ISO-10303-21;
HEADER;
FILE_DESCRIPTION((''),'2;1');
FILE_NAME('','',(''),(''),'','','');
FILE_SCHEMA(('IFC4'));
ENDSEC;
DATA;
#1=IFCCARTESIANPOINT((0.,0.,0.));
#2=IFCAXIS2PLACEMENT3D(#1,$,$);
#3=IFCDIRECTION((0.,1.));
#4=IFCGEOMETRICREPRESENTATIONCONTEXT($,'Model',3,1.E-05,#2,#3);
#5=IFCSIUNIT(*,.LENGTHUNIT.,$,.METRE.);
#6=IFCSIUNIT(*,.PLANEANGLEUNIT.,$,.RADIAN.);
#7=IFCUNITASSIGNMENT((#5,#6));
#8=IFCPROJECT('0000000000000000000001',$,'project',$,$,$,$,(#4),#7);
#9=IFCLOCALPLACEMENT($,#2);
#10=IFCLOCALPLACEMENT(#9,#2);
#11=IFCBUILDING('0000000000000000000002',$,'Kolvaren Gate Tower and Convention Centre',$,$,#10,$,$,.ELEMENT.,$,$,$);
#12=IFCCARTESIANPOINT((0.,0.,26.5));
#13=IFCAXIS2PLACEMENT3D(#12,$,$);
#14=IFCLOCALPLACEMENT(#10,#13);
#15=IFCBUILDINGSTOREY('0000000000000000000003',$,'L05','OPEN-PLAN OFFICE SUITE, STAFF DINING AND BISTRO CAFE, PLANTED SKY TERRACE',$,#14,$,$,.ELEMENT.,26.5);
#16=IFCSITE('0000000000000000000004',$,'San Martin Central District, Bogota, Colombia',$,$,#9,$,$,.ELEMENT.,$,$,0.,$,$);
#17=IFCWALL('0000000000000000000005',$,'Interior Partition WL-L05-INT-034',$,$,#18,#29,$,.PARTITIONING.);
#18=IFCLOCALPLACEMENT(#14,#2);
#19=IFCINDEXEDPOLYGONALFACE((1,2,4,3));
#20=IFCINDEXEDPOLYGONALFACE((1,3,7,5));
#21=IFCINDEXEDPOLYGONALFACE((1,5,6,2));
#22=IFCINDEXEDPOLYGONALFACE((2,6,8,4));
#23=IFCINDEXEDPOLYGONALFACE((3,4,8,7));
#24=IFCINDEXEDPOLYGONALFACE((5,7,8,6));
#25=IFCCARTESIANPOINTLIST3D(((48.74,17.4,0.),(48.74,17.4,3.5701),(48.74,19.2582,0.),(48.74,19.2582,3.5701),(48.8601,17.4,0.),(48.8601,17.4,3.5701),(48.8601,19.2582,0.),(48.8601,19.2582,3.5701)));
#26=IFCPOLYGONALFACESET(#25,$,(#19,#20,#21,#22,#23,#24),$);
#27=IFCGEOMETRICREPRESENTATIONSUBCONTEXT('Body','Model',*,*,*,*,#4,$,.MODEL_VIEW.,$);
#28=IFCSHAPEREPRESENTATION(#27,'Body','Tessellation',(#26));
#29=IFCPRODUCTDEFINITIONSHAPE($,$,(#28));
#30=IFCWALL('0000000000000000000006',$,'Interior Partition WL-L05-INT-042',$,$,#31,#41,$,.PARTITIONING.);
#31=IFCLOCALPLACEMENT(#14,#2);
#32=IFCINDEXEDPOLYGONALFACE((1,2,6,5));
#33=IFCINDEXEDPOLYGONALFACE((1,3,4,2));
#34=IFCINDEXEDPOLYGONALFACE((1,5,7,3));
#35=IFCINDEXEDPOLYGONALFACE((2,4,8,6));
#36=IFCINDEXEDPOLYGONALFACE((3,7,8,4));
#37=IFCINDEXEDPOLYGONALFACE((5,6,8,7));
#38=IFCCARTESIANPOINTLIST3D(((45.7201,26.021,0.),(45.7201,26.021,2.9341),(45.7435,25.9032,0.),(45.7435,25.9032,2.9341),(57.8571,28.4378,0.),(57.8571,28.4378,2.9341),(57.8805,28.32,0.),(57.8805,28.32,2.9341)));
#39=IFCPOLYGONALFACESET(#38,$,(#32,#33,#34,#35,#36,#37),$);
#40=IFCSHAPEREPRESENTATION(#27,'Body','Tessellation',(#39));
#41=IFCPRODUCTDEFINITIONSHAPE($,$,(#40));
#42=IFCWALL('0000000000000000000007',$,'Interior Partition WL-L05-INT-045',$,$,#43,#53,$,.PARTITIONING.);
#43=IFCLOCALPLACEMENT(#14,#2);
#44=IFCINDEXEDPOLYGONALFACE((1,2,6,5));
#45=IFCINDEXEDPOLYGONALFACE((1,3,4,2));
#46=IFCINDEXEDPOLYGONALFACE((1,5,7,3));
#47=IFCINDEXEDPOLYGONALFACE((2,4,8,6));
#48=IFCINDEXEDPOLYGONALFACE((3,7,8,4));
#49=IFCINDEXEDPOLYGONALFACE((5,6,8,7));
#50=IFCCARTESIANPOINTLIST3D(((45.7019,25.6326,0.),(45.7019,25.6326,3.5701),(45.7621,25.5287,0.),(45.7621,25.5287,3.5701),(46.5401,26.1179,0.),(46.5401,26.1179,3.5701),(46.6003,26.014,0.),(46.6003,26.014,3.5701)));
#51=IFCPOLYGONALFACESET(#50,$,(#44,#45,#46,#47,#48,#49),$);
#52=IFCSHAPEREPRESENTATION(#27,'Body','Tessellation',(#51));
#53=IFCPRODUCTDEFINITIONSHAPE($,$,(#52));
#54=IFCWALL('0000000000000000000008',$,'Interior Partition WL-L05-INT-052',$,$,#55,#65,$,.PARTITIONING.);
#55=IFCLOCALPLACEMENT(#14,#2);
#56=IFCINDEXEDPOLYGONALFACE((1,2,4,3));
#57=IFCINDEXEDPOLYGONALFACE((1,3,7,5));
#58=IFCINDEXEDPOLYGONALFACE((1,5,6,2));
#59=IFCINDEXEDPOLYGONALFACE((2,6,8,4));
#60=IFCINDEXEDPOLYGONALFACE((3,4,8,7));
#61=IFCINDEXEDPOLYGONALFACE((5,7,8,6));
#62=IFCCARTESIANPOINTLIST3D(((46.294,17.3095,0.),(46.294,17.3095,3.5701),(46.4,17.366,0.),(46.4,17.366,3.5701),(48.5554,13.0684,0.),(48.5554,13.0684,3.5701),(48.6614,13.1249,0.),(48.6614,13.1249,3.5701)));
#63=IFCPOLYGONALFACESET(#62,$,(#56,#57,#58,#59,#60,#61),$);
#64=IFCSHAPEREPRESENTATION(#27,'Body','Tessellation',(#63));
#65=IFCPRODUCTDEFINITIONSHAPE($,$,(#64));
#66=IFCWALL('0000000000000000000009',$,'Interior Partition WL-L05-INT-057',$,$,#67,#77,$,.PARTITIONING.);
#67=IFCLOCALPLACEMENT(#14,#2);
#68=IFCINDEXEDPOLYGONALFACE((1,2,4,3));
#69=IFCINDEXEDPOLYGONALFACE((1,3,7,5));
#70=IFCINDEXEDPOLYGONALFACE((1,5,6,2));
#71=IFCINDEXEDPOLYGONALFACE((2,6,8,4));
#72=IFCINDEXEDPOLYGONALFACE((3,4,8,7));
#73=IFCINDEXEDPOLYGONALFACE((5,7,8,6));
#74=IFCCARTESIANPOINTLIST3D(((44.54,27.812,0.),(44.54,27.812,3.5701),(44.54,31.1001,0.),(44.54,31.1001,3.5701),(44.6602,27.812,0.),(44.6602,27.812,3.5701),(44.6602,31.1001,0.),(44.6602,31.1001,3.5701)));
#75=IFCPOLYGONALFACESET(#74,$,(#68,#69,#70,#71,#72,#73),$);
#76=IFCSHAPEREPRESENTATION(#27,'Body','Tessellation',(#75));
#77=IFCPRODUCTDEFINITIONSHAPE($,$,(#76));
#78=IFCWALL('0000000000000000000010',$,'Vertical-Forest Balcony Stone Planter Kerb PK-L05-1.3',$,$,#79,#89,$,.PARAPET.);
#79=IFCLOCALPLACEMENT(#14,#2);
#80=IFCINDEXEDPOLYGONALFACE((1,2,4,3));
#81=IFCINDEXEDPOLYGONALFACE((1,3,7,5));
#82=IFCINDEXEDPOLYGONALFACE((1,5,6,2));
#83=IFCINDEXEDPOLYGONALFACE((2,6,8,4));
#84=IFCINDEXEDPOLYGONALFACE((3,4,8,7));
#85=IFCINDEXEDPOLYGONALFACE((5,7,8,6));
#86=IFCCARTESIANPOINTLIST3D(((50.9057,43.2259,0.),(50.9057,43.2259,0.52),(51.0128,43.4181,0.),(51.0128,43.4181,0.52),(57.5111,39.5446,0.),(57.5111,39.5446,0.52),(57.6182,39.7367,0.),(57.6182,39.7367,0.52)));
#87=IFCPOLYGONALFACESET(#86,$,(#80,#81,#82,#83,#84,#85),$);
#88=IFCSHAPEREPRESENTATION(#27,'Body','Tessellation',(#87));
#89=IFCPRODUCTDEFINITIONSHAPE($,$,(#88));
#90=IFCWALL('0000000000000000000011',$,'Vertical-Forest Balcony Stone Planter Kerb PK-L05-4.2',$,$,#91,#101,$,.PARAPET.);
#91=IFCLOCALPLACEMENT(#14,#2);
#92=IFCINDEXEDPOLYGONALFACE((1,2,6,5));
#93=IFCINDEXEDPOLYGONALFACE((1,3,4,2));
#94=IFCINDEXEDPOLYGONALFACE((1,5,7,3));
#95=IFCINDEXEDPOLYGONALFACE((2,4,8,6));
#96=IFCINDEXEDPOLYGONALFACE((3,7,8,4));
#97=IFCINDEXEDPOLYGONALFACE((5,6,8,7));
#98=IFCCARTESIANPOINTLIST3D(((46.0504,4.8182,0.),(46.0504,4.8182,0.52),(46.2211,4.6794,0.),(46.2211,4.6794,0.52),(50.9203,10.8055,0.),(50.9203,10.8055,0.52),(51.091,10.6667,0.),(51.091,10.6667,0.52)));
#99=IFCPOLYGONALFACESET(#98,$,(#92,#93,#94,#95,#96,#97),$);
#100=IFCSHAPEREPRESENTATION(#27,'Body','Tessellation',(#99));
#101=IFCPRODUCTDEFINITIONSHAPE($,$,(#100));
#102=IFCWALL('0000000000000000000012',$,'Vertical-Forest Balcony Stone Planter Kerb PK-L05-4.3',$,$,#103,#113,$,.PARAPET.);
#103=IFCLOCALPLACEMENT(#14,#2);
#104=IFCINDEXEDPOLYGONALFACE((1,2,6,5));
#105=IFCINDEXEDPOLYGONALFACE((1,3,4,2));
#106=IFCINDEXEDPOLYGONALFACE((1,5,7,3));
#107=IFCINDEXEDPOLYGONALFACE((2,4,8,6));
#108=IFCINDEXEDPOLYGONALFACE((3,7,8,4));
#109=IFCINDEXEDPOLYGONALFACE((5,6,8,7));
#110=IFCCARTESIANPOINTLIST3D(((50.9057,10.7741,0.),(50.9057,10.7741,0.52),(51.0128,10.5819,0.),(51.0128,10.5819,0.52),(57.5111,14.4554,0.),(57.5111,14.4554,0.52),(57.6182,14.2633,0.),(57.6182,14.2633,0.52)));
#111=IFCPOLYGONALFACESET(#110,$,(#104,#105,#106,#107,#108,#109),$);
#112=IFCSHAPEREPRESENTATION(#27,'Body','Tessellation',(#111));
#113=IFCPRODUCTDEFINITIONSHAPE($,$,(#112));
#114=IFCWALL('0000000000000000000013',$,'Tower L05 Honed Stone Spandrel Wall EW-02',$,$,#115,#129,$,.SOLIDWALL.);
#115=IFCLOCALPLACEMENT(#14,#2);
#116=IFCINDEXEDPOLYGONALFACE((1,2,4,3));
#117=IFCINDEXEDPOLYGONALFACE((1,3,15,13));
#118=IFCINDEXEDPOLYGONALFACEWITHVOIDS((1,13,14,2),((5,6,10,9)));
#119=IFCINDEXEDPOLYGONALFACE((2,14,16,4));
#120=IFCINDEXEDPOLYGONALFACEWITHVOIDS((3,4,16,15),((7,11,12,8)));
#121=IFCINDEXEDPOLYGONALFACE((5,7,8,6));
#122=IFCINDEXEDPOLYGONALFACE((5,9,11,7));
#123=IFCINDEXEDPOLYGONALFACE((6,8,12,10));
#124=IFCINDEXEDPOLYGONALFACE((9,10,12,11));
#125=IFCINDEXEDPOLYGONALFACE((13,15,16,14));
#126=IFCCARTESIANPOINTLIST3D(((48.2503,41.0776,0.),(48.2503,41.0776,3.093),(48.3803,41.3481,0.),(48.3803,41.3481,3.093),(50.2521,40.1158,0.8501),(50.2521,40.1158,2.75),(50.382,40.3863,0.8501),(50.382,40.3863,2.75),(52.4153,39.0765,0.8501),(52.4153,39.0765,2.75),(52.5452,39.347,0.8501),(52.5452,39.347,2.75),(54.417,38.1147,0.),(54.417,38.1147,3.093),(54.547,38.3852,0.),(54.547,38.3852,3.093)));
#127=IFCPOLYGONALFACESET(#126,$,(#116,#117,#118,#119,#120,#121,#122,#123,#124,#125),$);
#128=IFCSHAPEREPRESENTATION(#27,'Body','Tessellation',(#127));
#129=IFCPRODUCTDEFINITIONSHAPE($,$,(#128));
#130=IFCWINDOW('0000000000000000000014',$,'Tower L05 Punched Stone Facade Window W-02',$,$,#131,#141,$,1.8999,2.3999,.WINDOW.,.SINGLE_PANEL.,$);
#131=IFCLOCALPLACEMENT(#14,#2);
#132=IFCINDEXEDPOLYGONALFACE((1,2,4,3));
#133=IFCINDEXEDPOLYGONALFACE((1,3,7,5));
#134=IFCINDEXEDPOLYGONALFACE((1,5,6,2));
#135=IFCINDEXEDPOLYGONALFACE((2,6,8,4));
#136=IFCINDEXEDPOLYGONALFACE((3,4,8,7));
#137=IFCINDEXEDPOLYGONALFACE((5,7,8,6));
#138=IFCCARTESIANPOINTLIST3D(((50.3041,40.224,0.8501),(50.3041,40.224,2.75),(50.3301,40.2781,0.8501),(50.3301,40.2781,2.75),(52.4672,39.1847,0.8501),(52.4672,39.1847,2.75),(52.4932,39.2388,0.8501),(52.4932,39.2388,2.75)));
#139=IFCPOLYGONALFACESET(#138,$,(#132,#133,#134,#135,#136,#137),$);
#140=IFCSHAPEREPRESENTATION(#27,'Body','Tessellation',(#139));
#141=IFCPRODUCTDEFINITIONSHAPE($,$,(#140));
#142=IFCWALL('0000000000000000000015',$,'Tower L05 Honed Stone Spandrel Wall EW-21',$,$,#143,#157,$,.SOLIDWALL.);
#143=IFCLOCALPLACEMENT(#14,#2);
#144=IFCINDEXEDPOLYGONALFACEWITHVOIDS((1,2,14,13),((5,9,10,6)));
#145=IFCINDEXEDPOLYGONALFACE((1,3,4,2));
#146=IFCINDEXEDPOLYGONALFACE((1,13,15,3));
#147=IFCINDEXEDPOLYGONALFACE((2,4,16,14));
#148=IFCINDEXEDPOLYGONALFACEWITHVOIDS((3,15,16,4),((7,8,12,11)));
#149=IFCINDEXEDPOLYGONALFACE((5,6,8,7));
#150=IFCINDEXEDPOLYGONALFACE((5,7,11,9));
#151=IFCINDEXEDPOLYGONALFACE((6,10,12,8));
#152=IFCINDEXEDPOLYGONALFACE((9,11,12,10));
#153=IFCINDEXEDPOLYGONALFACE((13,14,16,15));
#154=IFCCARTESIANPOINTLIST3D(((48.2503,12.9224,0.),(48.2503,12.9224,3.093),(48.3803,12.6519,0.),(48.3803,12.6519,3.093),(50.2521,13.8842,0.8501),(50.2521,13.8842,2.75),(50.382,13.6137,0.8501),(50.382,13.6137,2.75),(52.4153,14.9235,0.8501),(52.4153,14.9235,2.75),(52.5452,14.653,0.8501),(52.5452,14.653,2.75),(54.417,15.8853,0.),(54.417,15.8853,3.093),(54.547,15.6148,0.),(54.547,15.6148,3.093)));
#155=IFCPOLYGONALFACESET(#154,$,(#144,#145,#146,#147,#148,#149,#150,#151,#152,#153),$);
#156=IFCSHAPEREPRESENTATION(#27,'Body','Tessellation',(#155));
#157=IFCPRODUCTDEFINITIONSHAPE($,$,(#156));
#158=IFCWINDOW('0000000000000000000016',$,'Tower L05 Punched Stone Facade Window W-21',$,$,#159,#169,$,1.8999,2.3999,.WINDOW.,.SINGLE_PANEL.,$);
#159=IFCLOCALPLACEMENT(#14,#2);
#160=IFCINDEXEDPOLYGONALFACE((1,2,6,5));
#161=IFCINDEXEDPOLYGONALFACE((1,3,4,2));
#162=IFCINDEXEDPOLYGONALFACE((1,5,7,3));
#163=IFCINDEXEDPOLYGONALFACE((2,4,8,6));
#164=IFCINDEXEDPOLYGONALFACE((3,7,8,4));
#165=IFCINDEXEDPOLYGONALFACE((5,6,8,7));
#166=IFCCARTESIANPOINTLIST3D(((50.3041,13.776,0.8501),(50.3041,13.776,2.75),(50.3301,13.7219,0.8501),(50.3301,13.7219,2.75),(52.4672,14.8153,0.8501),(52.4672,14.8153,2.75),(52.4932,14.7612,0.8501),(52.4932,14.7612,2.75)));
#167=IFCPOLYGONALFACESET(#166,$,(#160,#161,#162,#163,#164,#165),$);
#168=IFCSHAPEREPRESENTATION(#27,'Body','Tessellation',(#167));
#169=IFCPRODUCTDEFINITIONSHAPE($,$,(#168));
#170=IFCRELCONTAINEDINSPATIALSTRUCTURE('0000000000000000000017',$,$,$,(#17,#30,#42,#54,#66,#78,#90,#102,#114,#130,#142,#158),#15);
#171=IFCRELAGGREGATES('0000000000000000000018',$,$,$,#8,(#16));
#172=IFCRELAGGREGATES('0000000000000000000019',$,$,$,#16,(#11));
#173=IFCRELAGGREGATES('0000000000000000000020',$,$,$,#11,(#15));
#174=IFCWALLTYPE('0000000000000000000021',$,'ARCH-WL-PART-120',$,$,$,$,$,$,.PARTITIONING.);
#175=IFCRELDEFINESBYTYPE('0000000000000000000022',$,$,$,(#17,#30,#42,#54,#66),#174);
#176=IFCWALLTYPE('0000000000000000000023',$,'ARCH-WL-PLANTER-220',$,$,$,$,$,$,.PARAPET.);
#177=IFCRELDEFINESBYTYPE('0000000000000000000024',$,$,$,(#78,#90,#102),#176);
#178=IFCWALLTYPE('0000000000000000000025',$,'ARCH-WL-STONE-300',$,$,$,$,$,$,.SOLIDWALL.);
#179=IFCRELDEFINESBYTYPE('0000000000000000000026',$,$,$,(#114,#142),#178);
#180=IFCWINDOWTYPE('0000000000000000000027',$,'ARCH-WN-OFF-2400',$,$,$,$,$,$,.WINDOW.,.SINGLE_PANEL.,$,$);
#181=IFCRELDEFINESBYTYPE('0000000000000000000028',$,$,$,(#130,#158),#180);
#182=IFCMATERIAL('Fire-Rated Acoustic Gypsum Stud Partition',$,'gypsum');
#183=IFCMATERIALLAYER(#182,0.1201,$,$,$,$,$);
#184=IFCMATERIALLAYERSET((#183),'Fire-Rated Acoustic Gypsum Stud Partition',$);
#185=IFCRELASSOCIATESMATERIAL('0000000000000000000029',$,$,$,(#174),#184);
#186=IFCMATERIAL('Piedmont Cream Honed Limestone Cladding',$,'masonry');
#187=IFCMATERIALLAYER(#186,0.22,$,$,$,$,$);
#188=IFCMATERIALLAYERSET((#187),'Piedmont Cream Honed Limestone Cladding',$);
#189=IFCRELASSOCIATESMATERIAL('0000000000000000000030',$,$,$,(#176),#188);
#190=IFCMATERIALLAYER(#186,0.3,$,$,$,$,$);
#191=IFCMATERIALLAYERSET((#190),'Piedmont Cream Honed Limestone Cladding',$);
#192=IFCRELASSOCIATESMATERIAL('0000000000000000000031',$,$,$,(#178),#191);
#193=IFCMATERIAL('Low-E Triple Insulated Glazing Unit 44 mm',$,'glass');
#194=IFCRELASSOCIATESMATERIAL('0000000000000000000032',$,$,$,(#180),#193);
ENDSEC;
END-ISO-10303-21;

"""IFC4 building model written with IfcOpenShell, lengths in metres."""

from ifc_helpers import new_model, si_unit, direction, frame, frame_2d, origin, place, context, subcontext, project, spatial, rectangle, extrude, material, layer, layer_set, type_object, element, fill, save


model = new_model("IFC4")

# Units and contexts
model_context = context("Model", 3, precision=1e-05, world=origin(), true_north=direction((0.0, 1.0)))
body_context = subcontext(model_context, "Body", "Model", "MODEL_VIEW")
ifc_project = project(units=[si_unit("LENGTHUNIT", "METRE"), si_unit("PLANEANGLEUNIT", "RADIAN")], contexts=[model_context])

# Site, building, storey
site_placement = place(None, origin())
site = spatial("IfcSite", under=ifc_project, at=site_placement, Name="San Martin Central District, Bogota, Colombia", CompositionType="ELEMENT", RefElevation=0.0)
building_placement = place(site_placement, origin())
building = spatial("IfcBuilding", under=site, at=building_placement, Name="Kolvaren Gate Tower and Convention Centre", CompositionType="ELEMENT")
storey_placement = place(building_placement, frame((0.0, 0.0, 26.5)))
storey = spatial("IfcBuildingStorey", under=building, at=storey_placement, Name="L05", Description="OPEN-PLAN OFFICE SUITE, STAFF DINING AND BISTRO CAFE, PLANTED SKY TERRACE", CompositionType="ELEMENT", Elevation=26.5)

# Shared definitions
ifc_material_1 = material(Name="Fire-Rated Acoustic Gypsum Stud Partition", Category="gypsum")
ifc_layer_1 = layer(ifc_material_1, 0.1201)
ifc_layer_set_1 = layer_set([ifc_layer_1], Name="Fire-Rated Acoustic Gypsum Stud Partition")
wall_type_1 = type_object("IfcWallType", Name="ARCH-WL-PART-120", PredefinedType="PARTITIONING", material=ifc_layer_set_1)

# Walls
wall_1_placement = place(storey_placement, frame((48.8, 17.3999, 0.0), z_axis=(0.0, 0.0, 1.0), x_axis=(0.0, 1.0, 0.0)))
element("IfcWall", 1, at=wall_1_placement, inside=storey, type_object=wall_type_1, Name="Interior Partition WL-L05-INT-034", PredefinedType="PARTITIONING", context=body_context, shape_type="SweptSolid", body=[
    extrude(rectangle(XDim=1.8582, YDim=0.1201, at=frame_2d((0.9292, 0.0))), origin(), (0.0, 0.0, 1.0), 3.5701),
])
wall_2_placement = place(storey_placement, frame((45.7319, 25.9622, 0.0), z_axis=(0.0, 0.0, 1.0), x_axis=(0.980746, 0.195289, 0.0)))
element("IfcWall", 2, at=wall_2_placement, inside=storey, type_object=wall_type_1, Name="Interior Partition WL-L05-INT-042", PredefinedType="PARTITIONING", context=body_context, shape_type="SweptSolid", body=[
    extrude(rectangle(XDim=12.3752, YDim=0.1201, at=frame_2d((6.1875, 0.0))), origin(), (0.0, 0.0, 1.0), 2.9341),
])
wall_3_placement = place(storey_placement, frame((45.7319, 25.5806, 0.0), z_axis=(0.0, 0.0, 1.0), x_axis=(0.865375, 0.501126, 0.0)))
element("IfcWall", 3, at=wall_3_placement, inside=storey, type_object=wall_type_1, Name="Interior Partition WL-L05-INT-045", PredefinedType="PARTITIONING", context=body_context, shape_type="SweptSolid", body=[
    extrude(rectangle(XDim=0.9685, YDim=0.1201, at=frame_2d((0.4844, 0.0))), origin(), (0.0, 0.0, 1.0), 3.5701),
])
wall_4_placement = place(storey_placement, frame((46.3469, 17.3379, 0.0), z_axis=(0.0, 0.0, 1.0), x_axis=(0.470507, -0.882397, 0.0)))
element("IfcWall", 4, at=wall_4_placement, inside=storey, type_object=wall_type_1, Name="Interior Partition WL-L05-INT-052", PredefinedType="PARTITIONING", context=body_context, shape_type="SweptSolid", body=[
    extrude(rectangle(XDim=4.8064, YDim=0.1201, at=frame_2d((2.4033, 0.0))), origin(), (0.0, 0.0, 1.0), 3.5701),
])
wall_5_placement = place(storey_placement, frame((44.6001, 27.812, 0.0), z_axis=(0.0, 0.0, 1.0), x_axis=(0.0, 1.0, 0.0)))
element("IfcWall", 5, at=wall_5_placement, inside=storey, type_object=wall_type_1, Name="Interior Partition WL-L05-INT-057", PredefinedType="PARTITIONING", context=body_context, shape_type="SweptSolid", body=[
    extrude(rectangle(XDim=3.2881, YDim=0.1201, at=frame_2d((1.644, 0.0))), origin(), (0.0, 0.0, 1.0), 3.5701),
])
ifc_material_2 = material(Name="Piedmont Cream Honed Limestone Cladding", Category="masonry")
ifc_layer_2 = layer(ifc_material_2, 0.22)
ifc_layer_set_2 = layer_set([ifc_layer_2], Name="Piedmont Cream Honed Limestone Cladding")
wall_type_2 = type_object("IfcWallType", Name="ARCH-WL-PLANTER-220", PredefinedType="PARAPET", material=ifc_layer_set_2)
wall_6_placement = place(storey_placement, frame((50.9592, 43.322, 0.0), z_axis=(0.0, 0.0, 1.0), x_axis=(0.8735, -0.486824, 0.0)))
element("IfcWall", 6, at=wall_6_placement, inside=storey, type_object=wall_type_2, Name="Vertical-Forest Balcony Stone Planter Kerb PK-L05-1.3", PredefinedType="PARAPET", context=body_context, shape_type="SweptSolid", body=[
    extrude(rectangle(XDim=7.562, YDim=0.22, at=frame_2d((3.781, 0.0))), origin(), (0.0, 0.0, 1.0), 0.52),
])
wall_7_placement = place(storey_placement, frame((46.1357, 4.7488, 0.0), z_axis=(0.0, 0.0, 1.0), x_axis=(0.630997, 0.775785, 0.0)))
element("IfcWall", 7, at=wall_7_placement, inside=storey, type_object=wall_type_2, Name="Vertical-Forest Balcony Stone Planter Kerb PK-L05-4.2", PredefinedType="PARAPET", context=body_context, shape_type="SweptSolid", body=[
    extrude(rectangle(XDim=7.7178, YDim=0.22, at=frame_2d((3.8589, 0.0))), origin(), (0.0, 0.0, 1.0), 0.52),
])
wall_8_placement = place(storey_placement, frame((50.9592, 10.678, 0.0), z_axis=(0.0, 0.0, 1.0), x_axis=(0.8735, 0.486824, 0.0)))
element("IfcWall", 8, at=wall_8_placement, inside=storey, type_object=wall_type_2, Name="Vertical-Forest Balcony Stone Planter Kerb PK-L05-4.3", PredefinedType="PARAPET", context=body_context, shape_type="SweptSolid", body=[
    extrude(rectangle(XDim=7.562, YDim=0.22, at=frame_2d((3.781, 0.0))), origin(), (0.0, 0.0, 1.0), 0.52),
])

# Walls, openings, windows
ifc_layer_3 = layer(ifc_material_2, 0.3)
ifc_layer_set_3 = layer_set([ifc_layer_3], Name="Piedmont Cream Honed Limestone Cladding")
wall_type_3 = type_object("IfcWallType", Name="ARCH-WL-STONE-300", PredefinedType="SOLIDWALL", material=ifc_layer_set_3)
wall_9_placement = place(storey_placement, frame((48.3152, 41.2129, 0.0), z_axis=(0.0, 0.0, 1.0), x_axis=(0.90136, -0.43307, 0.0)))
wall_9 = element("IfcWall", 9, at=wall_9_placement, inside=storey, type_object=wall_type_3, Name="Tower L05 Honed Stone Spandrel Wall EW-02", PredefinedType="SOLIDWALL", context=body_context, shape_type="SweptSolid", body=[
    extrude(rectangle(XDim=6.8416, YDim=0.3, at=frame_2d((3.4209, 0.0))), origin(), (0.0, 0.0, 1.0), 3.093),
])
opening_1_placement = place(wall_9_placement, frame((2.2209, 0.0, 0.8501)))
opening_1 = element("IfcOpeningElement", 10, at=opening_1_placement, cuts=wall_9, PredefinedType="OPENING", context=body_context, shape_type="SweptSolid", body=[
    extrude(rectangle(XDim=2.3999, YDim=1.8999, at=frame_2d((1.2, 0.95))), frame((0.0, 0.1599, 0.0), z_axis=(0.0, -1.0, 0.0), x_axis=(1.0, 0.0, 0.0)), (0.0, 0.0, 1.0), 0.3201),
])
ifc_material_3 = material(Name="Low-E Triple Insulated Glazing Unit 44 mm", Category="glass")
window_type = type_object("IfcWindowType", Name="ARCH-WN-OFF-2400", PartitioningType="SINGLE_PANEL", PredefinedType="WINDOW", material=ifc_material_3)
window_1_placement = place(opening_1_placement, origin())
window_1 = element("IfcWindow", 11, at=window_1_placement, inside=storey, type_object=window_type, Name="Tower L05 Punched Stone Facade Window W-02", OverallHeight=1.8999, OverallWidth=2.3999, PartitioningType="SINGLE_PANEL", PredefinedType="WINDOW", context=body_context, shape_type="SweptSolid", body=[
    extrude(rectangle(XDim=2.3999, YDim=1.8999, at=frame_2d((1.2, 0.95))), frame((0.0, 0.03, 0.0), z_axis=(0.0, -1.0, 0.0), x_axis=(1.0, 0.0, 0.0)), (0.0, 0.0, 1.0), 0.0601),
])
fill(opening_1, window_1)
wall_10_placement = place(storey_placement, frame((48.3152, 12.7871, 0.0), z_axis=(0.0, 0.0, 1.0), x_axis=(0.90136, 0.43307, 0.0)))
wall_10 = element("IfcWall", 12, at=wall_10_placement, inside=storey, type_object=wall_type_3, Name="Tower L05 Honed Stone Spandrel Wall EW-21", PredefinedType="SOLIDWALL", context=body_context, shape_type="SweptSolid", body=[
    extrude(rectangle(XDim=6.8416, YDim=0.3, at=frame_2d((3.4209, 0.0))), origin(), (0.0, 0.0, 1.0), 3.093),
])
opening_2_placement = place(wall_10_placement, frame((2.2209, 0.0, 0.8501)))
opening_2 = element("IfcOpeningElement", 13, at=opening_2_placement, cuts=wall_10, PredefinedType="OPENING", context=body_context, shape_type="SweptSolid", body=[
    extrude(rectangle(XDim=2.3999, YDim=1.8999, at=frame_2d((1.2, 0.95))), frame((0.0, 0.1599, 0.0), z_axis=(0.0, -1.0, 0.0), x_axis=(1.0, 0.0, 0.0)), (0.0, 0.0, 1.0), 0.3201),
])
window_2_placement = place(opening_2_placement, origin())
window_2 = element("IfcWindow", 14, at=window_2_placement, inside=storey, type_object=window_type, Name="Tower L05 Punched Stone Facade Window W-21", OverallHeight=1.8999, OverallWidth=2.3999, PartitioningType="SINGLE_PANEL", PredefinedType="WINDOW", context=body_context, shape_type="SweptSolid", body=[
    extrude(rectangle(XDim=2.3999, YDim=1.8999, at=frame_2d((1.2, 0.95))), frame((0.0, 0.03, 0.0), z_axis=(0.0, -1.0, 0.0), x_axis=(1.0, 0.0, 0.0)), (0.0, 0.0, 1.0), 0.0601),
])
fill(opening_2, window_2)

save(model, "model.ifc")
